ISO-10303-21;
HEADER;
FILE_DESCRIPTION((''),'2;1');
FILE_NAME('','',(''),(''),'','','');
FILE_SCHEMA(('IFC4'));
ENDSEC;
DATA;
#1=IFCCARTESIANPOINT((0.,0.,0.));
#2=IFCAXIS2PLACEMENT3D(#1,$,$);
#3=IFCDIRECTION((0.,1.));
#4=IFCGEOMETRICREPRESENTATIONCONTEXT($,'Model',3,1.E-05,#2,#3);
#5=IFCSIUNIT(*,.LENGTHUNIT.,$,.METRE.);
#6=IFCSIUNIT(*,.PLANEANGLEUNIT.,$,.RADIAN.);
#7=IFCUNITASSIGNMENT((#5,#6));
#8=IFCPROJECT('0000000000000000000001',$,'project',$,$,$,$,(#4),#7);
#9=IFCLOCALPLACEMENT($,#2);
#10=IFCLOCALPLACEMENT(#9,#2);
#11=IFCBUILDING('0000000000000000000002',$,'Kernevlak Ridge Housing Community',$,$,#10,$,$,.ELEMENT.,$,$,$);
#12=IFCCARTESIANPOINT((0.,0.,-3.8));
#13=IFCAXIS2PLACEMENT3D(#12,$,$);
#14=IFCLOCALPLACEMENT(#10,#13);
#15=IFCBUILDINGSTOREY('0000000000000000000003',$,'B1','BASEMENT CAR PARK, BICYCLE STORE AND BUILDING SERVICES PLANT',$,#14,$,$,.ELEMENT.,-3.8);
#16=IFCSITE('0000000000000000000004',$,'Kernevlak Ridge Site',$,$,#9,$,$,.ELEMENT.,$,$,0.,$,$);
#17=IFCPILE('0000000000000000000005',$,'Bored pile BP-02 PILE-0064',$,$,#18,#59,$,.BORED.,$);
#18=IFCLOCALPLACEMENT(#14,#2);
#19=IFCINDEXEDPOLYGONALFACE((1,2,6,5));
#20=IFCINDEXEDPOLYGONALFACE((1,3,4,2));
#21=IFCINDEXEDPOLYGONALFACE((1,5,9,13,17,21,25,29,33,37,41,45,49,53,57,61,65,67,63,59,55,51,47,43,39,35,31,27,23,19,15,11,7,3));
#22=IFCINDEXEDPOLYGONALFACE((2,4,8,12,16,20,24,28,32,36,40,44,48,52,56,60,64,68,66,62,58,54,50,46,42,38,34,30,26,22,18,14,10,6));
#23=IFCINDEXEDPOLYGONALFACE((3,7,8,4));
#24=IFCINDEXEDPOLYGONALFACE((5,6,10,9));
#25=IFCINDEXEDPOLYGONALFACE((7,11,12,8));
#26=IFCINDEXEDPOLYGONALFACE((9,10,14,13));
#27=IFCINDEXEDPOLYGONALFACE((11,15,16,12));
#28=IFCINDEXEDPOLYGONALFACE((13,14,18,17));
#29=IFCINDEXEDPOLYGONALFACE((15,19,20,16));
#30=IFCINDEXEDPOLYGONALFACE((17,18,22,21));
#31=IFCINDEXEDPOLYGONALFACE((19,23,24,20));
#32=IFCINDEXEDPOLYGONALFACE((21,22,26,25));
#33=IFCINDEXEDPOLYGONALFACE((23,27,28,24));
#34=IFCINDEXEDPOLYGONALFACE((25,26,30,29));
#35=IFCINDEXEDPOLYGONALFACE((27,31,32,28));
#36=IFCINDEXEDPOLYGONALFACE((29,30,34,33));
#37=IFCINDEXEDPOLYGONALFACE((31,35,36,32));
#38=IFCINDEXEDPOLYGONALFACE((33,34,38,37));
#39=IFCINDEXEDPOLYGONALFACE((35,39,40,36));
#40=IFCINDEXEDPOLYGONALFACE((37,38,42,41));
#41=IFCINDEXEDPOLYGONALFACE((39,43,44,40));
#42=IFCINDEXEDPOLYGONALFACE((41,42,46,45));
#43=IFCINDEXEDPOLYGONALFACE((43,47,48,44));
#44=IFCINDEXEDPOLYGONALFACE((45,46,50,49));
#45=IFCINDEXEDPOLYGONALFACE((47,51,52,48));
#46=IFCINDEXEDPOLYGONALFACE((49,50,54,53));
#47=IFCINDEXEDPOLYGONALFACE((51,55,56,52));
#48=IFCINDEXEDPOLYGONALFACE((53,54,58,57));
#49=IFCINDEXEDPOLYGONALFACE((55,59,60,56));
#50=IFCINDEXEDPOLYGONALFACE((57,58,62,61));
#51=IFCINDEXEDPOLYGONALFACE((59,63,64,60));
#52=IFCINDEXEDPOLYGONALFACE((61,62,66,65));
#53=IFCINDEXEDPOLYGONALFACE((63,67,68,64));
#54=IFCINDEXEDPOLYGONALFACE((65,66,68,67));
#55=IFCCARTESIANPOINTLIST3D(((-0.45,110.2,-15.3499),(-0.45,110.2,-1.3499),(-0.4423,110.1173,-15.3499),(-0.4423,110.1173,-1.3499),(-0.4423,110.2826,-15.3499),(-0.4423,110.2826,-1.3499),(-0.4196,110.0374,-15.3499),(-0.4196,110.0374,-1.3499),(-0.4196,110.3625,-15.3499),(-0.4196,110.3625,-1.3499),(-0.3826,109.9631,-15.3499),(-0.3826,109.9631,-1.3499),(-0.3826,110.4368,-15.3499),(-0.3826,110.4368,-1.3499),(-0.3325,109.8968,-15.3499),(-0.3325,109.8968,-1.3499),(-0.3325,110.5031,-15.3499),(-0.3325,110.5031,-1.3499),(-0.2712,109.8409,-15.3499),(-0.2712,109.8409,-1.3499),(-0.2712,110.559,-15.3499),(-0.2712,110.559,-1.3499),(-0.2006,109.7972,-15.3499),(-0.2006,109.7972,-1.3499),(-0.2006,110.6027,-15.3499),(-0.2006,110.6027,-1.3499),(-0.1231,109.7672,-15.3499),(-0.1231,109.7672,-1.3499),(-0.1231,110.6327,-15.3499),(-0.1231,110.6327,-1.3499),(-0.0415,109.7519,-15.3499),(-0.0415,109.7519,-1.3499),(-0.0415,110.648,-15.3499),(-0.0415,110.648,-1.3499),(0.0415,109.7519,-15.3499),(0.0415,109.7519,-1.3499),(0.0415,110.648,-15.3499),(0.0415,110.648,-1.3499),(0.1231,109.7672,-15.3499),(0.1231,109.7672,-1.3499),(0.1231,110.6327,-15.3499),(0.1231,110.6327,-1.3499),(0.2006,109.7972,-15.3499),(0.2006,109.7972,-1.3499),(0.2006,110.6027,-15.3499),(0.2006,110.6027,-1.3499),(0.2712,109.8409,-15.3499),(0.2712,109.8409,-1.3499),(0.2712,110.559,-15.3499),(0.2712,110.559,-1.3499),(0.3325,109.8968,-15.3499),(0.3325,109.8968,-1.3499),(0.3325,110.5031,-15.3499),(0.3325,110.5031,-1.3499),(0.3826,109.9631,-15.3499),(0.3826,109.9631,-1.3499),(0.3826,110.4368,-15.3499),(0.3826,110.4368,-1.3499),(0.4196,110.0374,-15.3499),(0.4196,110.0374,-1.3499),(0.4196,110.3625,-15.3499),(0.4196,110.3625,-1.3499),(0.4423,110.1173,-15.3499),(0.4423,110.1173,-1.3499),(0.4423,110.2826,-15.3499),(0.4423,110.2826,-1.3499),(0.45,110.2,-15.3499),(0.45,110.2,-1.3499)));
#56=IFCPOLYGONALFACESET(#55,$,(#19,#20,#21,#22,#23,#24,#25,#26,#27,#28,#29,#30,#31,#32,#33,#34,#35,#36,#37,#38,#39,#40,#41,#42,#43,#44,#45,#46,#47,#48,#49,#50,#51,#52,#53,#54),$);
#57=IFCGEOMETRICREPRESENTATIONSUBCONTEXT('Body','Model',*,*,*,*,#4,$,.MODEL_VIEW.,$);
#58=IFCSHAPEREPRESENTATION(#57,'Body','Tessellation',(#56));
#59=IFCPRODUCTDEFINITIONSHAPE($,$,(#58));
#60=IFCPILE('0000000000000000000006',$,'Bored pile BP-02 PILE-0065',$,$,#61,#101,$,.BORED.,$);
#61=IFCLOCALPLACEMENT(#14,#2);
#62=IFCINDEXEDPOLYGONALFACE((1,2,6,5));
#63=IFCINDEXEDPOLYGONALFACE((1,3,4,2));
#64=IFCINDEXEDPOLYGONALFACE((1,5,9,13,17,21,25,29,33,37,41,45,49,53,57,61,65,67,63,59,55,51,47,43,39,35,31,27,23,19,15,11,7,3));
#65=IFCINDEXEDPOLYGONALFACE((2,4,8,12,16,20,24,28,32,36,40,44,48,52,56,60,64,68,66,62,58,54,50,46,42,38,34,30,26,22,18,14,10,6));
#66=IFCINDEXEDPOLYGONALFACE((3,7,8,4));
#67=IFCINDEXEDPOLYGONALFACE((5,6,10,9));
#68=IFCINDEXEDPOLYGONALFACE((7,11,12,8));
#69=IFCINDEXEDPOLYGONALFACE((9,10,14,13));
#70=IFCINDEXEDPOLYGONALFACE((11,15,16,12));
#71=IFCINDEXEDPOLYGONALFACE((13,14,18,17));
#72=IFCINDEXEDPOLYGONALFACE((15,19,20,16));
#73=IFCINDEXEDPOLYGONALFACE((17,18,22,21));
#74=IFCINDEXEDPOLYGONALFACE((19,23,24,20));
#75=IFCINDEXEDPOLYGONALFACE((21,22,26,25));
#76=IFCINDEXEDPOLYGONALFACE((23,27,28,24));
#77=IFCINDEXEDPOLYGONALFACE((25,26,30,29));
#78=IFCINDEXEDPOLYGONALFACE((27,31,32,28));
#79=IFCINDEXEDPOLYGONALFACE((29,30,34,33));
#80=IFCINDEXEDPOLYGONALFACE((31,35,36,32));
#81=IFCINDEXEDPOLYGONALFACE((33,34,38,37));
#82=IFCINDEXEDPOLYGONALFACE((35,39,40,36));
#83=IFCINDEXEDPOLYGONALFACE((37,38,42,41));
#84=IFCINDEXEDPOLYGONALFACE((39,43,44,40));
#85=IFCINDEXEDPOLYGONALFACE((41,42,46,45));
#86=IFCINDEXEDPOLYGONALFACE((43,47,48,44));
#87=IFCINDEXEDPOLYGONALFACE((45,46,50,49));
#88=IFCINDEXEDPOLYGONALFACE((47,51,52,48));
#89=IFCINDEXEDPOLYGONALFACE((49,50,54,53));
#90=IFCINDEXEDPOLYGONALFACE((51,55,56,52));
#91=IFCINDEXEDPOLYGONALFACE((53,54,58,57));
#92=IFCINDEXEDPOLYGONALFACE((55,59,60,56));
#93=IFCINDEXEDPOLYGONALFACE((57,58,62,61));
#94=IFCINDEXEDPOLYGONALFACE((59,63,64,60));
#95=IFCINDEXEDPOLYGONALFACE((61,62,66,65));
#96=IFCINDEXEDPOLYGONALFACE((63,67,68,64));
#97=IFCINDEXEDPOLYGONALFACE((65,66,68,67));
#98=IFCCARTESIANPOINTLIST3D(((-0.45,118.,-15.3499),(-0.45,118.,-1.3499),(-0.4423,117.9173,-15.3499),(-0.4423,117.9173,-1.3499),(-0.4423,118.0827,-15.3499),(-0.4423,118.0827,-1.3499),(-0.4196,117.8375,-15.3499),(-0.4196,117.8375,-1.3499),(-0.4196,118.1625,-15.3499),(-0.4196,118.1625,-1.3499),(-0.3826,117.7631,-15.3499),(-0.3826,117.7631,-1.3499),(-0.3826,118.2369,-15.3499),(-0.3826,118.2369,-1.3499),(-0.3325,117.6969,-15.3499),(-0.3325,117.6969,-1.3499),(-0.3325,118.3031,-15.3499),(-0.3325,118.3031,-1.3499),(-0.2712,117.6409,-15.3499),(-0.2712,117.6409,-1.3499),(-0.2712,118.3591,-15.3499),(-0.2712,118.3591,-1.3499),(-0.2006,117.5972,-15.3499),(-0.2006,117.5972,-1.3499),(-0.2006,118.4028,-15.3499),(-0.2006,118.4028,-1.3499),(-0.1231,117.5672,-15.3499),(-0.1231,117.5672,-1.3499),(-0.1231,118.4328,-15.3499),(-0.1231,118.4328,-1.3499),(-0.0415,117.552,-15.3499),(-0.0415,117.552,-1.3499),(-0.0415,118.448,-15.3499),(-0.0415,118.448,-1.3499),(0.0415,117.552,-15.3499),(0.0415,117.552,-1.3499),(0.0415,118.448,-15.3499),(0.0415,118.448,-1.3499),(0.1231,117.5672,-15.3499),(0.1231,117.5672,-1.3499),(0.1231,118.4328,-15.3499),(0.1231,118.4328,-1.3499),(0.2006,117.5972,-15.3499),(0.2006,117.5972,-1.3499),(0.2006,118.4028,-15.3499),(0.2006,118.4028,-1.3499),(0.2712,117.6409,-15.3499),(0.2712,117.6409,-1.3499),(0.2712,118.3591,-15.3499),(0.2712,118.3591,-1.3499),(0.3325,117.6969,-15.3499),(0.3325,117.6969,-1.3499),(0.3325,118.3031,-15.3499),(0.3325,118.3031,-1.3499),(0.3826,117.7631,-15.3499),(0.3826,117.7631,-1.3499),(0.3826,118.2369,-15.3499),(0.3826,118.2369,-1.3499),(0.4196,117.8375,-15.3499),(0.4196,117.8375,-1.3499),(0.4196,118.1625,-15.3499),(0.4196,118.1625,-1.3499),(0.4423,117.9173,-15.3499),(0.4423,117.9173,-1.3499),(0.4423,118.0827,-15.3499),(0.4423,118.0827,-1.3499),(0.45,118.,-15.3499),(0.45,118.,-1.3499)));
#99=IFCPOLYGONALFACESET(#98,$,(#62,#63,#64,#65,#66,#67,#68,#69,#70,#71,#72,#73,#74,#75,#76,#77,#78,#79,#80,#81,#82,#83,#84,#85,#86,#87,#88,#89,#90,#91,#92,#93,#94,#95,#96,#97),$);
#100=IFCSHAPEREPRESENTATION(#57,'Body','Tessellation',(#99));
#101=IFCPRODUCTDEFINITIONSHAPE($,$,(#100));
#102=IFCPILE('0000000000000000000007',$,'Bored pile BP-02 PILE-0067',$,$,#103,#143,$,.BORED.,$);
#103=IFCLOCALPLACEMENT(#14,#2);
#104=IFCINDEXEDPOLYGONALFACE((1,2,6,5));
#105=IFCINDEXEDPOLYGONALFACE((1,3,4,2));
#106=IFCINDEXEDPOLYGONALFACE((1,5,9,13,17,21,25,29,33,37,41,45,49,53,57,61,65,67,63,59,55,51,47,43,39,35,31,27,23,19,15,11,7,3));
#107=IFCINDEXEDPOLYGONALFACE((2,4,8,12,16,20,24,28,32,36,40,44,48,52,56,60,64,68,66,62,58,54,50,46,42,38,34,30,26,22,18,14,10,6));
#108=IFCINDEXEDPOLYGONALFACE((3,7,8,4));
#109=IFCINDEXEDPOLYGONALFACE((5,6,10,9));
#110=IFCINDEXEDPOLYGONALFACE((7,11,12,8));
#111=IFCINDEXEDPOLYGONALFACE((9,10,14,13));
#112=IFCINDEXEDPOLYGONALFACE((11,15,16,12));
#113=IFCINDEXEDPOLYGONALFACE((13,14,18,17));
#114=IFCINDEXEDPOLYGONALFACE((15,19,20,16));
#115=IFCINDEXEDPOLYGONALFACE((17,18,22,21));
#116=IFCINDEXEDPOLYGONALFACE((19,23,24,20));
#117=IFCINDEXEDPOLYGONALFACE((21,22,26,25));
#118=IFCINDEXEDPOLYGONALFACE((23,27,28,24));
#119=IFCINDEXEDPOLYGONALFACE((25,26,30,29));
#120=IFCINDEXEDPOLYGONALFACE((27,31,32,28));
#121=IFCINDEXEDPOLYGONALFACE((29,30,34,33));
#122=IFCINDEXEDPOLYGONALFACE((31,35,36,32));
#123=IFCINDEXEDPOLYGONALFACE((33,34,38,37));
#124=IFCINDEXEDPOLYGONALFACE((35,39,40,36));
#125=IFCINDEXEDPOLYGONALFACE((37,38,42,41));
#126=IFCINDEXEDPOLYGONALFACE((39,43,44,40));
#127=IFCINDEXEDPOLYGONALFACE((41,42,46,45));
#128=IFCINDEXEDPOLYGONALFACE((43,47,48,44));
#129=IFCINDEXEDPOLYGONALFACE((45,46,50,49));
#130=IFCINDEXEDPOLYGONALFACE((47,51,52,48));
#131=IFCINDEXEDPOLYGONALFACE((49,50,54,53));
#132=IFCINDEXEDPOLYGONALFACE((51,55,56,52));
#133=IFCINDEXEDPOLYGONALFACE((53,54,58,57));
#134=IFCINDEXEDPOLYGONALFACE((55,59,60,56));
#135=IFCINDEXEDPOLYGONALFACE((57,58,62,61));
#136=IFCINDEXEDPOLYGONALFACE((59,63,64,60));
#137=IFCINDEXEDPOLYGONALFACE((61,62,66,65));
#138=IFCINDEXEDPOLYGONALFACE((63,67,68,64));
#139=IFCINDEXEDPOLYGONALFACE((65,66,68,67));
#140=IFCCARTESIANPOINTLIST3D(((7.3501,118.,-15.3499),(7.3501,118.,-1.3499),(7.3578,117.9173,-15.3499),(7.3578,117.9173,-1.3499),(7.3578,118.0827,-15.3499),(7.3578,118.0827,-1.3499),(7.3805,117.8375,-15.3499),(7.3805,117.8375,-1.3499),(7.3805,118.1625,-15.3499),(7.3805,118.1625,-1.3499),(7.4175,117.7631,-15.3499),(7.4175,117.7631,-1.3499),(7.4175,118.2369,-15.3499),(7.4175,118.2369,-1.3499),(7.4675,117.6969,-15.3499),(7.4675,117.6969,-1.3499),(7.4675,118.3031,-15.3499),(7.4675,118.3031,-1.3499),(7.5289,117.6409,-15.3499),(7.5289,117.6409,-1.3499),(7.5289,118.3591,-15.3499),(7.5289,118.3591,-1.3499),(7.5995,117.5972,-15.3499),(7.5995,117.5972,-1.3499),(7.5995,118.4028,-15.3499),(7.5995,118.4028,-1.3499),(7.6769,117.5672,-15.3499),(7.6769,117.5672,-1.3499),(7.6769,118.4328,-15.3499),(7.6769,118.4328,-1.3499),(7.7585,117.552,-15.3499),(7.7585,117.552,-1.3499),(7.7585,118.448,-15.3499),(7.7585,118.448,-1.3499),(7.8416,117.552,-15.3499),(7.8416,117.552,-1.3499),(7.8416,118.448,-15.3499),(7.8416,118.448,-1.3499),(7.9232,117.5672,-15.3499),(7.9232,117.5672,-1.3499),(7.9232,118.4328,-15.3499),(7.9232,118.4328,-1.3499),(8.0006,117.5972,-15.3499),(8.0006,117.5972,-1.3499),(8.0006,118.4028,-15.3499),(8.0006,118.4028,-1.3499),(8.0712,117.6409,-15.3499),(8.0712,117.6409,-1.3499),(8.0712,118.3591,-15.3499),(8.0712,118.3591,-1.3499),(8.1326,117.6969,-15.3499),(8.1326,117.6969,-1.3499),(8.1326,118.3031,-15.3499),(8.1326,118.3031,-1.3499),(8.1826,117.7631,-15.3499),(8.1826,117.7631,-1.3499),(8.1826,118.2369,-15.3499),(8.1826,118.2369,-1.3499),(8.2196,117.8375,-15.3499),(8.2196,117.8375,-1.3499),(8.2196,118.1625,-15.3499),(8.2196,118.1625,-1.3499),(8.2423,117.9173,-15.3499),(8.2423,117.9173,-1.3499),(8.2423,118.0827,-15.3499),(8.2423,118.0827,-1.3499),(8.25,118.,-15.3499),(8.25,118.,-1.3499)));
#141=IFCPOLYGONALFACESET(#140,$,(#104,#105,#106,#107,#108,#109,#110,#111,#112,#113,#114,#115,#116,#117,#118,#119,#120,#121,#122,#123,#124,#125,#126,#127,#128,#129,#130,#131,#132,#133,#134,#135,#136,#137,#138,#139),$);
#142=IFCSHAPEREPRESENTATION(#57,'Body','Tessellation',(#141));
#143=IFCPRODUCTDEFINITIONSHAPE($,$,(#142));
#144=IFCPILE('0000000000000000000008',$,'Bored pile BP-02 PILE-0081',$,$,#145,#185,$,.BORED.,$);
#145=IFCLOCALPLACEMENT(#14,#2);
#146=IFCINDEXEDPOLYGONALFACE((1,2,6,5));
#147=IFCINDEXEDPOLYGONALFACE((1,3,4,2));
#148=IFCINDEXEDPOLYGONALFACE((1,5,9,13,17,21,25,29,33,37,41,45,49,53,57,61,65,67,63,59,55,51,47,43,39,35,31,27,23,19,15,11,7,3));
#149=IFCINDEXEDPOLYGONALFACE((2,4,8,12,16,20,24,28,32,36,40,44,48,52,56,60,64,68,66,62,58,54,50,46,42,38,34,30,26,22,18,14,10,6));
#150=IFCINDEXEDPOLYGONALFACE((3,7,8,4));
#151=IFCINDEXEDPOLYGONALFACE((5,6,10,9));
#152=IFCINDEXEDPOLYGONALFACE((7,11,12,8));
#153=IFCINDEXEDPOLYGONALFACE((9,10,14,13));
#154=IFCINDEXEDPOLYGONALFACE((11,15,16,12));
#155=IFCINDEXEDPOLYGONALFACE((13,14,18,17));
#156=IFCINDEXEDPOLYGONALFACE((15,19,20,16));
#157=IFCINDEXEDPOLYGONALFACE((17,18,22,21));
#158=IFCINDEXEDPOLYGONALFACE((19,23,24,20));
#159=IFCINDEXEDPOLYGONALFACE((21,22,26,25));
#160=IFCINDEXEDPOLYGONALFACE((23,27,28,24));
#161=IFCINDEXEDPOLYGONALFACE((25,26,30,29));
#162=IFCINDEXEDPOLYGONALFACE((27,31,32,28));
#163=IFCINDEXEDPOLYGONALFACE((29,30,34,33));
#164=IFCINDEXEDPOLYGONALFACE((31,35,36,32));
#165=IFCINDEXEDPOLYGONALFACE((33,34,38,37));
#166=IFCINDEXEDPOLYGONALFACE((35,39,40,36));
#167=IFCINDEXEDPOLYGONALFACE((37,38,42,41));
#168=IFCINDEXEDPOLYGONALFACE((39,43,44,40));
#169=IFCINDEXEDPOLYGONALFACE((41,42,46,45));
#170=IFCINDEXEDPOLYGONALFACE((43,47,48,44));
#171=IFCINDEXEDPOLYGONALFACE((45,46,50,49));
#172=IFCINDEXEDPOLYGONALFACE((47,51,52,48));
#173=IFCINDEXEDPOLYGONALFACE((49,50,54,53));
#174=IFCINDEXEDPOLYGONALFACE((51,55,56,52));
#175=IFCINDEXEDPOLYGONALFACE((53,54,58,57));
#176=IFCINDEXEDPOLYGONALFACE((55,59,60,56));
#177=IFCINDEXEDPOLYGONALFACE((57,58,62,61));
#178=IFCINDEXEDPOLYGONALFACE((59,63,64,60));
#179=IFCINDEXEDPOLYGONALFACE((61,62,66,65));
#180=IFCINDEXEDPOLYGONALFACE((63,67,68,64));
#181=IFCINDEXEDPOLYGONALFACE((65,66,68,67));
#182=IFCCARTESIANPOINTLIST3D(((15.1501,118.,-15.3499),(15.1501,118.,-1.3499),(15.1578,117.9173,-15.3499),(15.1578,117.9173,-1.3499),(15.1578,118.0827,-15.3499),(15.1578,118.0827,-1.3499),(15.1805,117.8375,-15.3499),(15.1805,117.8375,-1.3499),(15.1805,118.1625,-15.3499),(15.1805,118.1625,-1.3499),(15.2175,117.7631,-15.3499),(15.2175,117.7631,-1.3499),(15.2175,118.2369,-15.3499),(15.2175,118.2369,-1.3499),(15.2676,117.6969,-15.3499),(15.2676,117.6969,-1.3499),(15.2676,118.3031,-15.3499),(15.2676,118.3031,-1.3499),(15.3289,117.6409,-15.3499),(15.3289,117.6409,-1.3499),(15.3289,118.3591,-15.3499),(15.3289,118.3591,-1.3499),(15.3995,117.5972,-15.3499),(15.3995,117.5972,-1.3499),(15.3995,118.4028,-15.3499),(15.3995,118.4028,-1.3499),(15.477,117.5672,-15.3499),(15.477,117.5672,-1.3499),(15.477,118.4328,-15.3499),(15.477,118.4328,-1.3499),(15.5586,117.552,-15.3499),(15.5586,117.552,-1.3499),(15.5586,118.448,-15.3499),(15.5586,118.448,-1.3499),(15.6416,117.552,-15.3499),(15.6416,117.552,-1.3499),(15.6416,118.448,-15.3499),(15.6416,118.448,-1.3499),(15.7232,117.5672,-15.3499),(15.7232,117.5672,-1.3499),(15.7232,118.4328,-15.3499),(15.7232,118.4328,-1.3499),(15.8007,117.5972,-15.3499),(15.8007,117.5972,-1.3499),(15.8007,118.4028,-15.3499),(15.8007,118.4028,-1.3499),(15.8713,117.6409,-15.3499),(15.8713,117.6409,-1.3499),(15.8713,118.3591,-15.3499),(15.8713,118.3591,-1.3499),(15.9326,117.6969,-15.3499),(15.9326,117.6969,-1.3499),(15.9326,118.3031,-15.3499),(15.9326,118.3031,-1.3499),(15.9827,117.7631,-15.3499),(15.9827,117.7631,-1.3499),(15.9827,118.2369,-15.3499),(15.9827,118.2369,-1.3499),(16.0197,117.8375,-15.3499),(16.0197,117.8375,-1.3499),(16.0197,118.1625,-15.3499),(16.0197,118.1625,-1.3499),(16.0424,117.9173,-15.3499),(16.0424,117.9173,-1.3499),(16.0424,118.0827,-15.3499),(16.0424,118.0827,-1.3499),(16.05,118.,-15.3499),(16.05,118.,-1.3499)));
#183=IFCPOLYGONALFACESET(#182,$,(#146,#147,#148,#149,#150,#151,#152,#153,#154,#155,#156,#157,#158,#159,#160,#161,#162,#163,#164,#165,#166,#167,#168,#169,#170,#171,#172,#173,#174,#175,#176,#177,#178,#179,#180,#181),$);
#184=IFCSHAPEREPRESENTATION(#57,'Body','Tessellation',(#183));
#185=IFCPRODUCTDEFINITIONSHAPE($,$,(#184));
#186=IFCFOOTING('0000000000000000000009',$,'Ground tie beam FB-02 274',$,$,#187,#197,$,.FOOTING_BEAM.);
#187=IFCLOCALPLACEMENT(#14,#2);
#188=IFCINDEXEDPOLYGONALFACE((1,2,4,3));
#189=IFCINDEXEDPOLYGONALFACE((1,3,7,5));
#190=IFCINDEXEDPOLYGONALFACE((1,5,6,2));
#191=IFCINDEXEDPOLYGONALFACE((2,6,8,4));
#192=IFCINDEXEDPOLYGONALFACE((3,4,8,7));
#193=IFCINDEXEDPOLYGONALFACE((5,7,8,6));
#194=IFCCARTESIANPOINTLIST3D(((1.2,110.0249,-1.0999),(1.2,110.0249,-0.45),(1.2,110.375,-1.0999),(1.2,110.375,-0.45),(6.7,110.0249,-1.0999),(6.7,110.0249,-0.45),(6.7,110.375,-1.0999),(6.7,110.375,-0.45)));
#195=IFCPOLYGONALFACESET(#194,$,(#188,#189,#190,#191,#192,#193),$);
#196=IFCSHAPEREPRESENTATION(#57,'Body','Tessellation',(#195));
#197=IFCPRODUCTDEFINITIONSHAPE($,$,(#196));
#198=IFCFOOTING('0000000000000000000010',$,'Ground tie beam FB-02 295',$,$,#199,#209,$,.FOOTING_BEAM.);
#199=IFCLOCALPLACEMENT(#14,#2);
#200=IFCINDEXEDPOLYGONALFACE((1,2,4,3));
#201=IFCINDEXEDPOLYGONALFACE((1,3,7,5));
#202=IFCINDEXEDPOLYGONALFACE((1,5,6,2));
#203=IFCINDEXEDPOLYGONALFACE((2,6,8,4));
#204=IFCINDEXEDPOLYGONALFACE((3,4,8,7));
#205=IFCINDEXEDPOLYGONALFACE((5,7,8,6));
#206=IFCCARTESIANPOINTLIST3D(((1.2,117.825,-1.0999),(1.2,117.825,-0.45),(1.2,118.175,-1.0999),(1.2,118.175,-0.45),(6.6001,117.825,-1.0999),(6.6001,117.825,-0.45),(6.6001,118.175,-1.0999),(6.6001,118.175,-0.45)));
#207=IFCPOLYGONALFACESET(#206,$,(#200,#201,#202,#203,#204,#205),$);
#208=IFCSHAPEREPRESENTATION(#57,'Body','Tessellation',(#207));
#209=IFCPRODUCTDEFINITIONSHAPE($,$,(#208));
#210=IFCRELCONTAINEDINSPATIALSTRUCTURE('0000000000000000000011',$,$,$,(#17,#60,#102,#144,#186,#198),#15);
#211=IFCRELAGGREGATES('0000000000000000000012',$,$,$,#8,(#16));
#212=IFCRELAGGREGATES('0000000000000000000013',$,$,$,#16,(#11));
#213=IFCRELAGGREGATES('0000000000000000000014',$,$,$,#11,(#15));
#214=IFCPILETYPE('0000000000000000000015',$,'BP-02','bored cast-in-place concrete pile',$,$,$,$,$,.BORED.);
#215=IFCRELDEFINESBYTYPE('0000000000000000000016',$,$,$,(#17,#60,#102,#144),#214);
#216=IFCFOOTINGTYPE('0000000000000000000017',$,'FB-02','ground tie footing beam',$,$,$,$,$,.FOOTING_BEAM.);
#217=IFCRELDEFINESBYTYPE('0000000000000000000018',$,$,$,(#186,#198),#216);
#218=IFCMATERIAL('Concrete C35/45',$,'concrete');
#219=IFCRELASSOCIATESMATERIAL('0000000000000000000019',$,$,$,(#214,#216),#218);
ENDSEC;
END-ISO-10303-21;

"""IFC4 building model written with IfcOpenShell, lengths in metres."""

from ifc_helpers import new_model, si_unit, direction, frame, origin, origin_2d, place, context, subcontext, project, spatial, rectangle, circle, extrude, material, material_profile, profile_set, type_object, element, save


model = new_model("IFC4")

# Units and contexts
model_context = context("Model", 3, precision=1e-05, world=origin(), true_north=direction((0.0, 1.0)))
body_context = subcontext(model_context, "Body", "Model", "MODEL_VIEW")
ifc_project = project(units=[si_unit("LENGTHUNIT", "METRE"), si_unit("PLANEANGLEUNIT", "RADIAN")], contexts=[model_context])

# Site, building, storey
site_placement = place(None, origin())
site = spatial("IfcSite", under=ifc_project, at=site_placement, Name="Kernevlak Ridge Site", CompositionType="ELEMENT", RefElevation=0.0)
building_placement = place(site_placement, origin())
building = spatial("IfcBuilding", under=site, at=building_placement, Name="Kernevlak Ridge Housing Community", CompositionType="ELEMENT")
storey_placement = place(building_placement, frame((0.0, 0.0, -3.8)))
storey = spatial("IfcBuildingStorey", under=building, at=storey_placement, Name="B1", Description="BASEMENT CAR PARK, BICYCLE STORE AND BUILDING SERVICES PLANT", CompositionType="ELEMENT", Elevation=-3.8)

# Piles
ifc_material_1 = material(Name="Concrete C35/45", Category="concrete")
ifc_material_profile_1 = material_profile(ifc_material_1, circle(Radius=0.45, at=origin_2d()), Name="BORED PILE 900")
ifc_profile_set_1 = profile_set([ifc_material_profile_1], Name="Concrete C35/45")
pile_type = type_object("IfcPileType", Name="BP-02", Description="bored cast-in-place concrete pile", PredefinedType="BORED", material=ifc_profile_set_1)
for number, where, z_axis, x_axis, name in (
    (1, (0.0, 110.2, -1.3499), (0.0, 0.0, -1.0), (1.0, 0.0, 0.0), "Bored pile BP-02 PILE-0064"),
    (2, (0.0, 118.0, -1.3499), (0.0, 0.0, -1.0), (1.0, 0.0, 0.0), "Bored pile BP-02 PILE-0065"),
    (3, (7.8, 118.0, -1.3499), (0.0, 0.0, -1.0), (1.0, 0.0, 0.0), "Bored pile BP-02 PILE-0067"),
    (4, (15.6001, 118.0, -1.3499), (0.0, 0.0, -1.0), (1.0, 0.0, 0.0), "Bored pile BP-02 PILE-0081"),
):
    element("IfcPile", number, at=place(storey_placement, frame(where, z_axis=z_axis, x_axis=x_axis)), inside=storey, type_object=pile_type, Name=name, PredefinedType="BORED", context=body_context, shape_type="SweptSolid", body=[
        extrude(circle(Radius=0.45, at=origin_2d()), origin(), (0.0, 0.0, 1.0), 14.0),
    ])

# Footings
ifc_material_profile_2 = material_profile(ifc_material_1, rectangle(XDim=0.3501, YDim=0.6499, at=origin_2d()), Name="RC 350x650")
ifc_profile_set_2 = profile_set([ifc_material_profile_2], Name="Concrete C35/45")
footing_type_1 = type_object("IfcFootingType", Name="FB-02", Description="ground tie footing beam", PredefinedType="FOOTING_BEAM", material=ifc_profile_set_2)
footing_1_placement = place(storey_placement, frame((1.2, 110.2, -0.7749), z_axis=(1.0, 0.0, 0.0), x_axis=(0.0, 1.0, 0.0)))
element("IfcFooting", 5, at=footing_1_placement, inside=storey, type_object=footing_type_1, Name="Ground tie beam FB-02 274", PredefinedType="FOOTING_BEAM", context=body_context, shape_type="SweptSolid", body=[
    extrude(rectangle(XDim=0.3501, YDim=0.6499, at=origin_2d()), origin(), (0.0, 0.0, 1.0), 5.5),
])
footing_2_placement = place(storey_placement, frame((1.2, 118.0, -0.7749), z_axis=(1.0, 0.0, 0.0), x_axis=(0.0, 1.0, 0.0)))
element("IfcFooting", 6, at=footing_2_placement, inside=storey, type_object=footing_type_1, Name="Ground tie beam FB-02 295", PredefinedType="FOOTING_BEAM", context=body_context, shape_type="SweptSolid", body=[
    extrude(rectangle(XDim=0.3501, YDim=0.6499, at=origin_2d()), origin(), (0.0, 0.0, 1.0), 5.4001),
])

save(model, "model.ifc")
